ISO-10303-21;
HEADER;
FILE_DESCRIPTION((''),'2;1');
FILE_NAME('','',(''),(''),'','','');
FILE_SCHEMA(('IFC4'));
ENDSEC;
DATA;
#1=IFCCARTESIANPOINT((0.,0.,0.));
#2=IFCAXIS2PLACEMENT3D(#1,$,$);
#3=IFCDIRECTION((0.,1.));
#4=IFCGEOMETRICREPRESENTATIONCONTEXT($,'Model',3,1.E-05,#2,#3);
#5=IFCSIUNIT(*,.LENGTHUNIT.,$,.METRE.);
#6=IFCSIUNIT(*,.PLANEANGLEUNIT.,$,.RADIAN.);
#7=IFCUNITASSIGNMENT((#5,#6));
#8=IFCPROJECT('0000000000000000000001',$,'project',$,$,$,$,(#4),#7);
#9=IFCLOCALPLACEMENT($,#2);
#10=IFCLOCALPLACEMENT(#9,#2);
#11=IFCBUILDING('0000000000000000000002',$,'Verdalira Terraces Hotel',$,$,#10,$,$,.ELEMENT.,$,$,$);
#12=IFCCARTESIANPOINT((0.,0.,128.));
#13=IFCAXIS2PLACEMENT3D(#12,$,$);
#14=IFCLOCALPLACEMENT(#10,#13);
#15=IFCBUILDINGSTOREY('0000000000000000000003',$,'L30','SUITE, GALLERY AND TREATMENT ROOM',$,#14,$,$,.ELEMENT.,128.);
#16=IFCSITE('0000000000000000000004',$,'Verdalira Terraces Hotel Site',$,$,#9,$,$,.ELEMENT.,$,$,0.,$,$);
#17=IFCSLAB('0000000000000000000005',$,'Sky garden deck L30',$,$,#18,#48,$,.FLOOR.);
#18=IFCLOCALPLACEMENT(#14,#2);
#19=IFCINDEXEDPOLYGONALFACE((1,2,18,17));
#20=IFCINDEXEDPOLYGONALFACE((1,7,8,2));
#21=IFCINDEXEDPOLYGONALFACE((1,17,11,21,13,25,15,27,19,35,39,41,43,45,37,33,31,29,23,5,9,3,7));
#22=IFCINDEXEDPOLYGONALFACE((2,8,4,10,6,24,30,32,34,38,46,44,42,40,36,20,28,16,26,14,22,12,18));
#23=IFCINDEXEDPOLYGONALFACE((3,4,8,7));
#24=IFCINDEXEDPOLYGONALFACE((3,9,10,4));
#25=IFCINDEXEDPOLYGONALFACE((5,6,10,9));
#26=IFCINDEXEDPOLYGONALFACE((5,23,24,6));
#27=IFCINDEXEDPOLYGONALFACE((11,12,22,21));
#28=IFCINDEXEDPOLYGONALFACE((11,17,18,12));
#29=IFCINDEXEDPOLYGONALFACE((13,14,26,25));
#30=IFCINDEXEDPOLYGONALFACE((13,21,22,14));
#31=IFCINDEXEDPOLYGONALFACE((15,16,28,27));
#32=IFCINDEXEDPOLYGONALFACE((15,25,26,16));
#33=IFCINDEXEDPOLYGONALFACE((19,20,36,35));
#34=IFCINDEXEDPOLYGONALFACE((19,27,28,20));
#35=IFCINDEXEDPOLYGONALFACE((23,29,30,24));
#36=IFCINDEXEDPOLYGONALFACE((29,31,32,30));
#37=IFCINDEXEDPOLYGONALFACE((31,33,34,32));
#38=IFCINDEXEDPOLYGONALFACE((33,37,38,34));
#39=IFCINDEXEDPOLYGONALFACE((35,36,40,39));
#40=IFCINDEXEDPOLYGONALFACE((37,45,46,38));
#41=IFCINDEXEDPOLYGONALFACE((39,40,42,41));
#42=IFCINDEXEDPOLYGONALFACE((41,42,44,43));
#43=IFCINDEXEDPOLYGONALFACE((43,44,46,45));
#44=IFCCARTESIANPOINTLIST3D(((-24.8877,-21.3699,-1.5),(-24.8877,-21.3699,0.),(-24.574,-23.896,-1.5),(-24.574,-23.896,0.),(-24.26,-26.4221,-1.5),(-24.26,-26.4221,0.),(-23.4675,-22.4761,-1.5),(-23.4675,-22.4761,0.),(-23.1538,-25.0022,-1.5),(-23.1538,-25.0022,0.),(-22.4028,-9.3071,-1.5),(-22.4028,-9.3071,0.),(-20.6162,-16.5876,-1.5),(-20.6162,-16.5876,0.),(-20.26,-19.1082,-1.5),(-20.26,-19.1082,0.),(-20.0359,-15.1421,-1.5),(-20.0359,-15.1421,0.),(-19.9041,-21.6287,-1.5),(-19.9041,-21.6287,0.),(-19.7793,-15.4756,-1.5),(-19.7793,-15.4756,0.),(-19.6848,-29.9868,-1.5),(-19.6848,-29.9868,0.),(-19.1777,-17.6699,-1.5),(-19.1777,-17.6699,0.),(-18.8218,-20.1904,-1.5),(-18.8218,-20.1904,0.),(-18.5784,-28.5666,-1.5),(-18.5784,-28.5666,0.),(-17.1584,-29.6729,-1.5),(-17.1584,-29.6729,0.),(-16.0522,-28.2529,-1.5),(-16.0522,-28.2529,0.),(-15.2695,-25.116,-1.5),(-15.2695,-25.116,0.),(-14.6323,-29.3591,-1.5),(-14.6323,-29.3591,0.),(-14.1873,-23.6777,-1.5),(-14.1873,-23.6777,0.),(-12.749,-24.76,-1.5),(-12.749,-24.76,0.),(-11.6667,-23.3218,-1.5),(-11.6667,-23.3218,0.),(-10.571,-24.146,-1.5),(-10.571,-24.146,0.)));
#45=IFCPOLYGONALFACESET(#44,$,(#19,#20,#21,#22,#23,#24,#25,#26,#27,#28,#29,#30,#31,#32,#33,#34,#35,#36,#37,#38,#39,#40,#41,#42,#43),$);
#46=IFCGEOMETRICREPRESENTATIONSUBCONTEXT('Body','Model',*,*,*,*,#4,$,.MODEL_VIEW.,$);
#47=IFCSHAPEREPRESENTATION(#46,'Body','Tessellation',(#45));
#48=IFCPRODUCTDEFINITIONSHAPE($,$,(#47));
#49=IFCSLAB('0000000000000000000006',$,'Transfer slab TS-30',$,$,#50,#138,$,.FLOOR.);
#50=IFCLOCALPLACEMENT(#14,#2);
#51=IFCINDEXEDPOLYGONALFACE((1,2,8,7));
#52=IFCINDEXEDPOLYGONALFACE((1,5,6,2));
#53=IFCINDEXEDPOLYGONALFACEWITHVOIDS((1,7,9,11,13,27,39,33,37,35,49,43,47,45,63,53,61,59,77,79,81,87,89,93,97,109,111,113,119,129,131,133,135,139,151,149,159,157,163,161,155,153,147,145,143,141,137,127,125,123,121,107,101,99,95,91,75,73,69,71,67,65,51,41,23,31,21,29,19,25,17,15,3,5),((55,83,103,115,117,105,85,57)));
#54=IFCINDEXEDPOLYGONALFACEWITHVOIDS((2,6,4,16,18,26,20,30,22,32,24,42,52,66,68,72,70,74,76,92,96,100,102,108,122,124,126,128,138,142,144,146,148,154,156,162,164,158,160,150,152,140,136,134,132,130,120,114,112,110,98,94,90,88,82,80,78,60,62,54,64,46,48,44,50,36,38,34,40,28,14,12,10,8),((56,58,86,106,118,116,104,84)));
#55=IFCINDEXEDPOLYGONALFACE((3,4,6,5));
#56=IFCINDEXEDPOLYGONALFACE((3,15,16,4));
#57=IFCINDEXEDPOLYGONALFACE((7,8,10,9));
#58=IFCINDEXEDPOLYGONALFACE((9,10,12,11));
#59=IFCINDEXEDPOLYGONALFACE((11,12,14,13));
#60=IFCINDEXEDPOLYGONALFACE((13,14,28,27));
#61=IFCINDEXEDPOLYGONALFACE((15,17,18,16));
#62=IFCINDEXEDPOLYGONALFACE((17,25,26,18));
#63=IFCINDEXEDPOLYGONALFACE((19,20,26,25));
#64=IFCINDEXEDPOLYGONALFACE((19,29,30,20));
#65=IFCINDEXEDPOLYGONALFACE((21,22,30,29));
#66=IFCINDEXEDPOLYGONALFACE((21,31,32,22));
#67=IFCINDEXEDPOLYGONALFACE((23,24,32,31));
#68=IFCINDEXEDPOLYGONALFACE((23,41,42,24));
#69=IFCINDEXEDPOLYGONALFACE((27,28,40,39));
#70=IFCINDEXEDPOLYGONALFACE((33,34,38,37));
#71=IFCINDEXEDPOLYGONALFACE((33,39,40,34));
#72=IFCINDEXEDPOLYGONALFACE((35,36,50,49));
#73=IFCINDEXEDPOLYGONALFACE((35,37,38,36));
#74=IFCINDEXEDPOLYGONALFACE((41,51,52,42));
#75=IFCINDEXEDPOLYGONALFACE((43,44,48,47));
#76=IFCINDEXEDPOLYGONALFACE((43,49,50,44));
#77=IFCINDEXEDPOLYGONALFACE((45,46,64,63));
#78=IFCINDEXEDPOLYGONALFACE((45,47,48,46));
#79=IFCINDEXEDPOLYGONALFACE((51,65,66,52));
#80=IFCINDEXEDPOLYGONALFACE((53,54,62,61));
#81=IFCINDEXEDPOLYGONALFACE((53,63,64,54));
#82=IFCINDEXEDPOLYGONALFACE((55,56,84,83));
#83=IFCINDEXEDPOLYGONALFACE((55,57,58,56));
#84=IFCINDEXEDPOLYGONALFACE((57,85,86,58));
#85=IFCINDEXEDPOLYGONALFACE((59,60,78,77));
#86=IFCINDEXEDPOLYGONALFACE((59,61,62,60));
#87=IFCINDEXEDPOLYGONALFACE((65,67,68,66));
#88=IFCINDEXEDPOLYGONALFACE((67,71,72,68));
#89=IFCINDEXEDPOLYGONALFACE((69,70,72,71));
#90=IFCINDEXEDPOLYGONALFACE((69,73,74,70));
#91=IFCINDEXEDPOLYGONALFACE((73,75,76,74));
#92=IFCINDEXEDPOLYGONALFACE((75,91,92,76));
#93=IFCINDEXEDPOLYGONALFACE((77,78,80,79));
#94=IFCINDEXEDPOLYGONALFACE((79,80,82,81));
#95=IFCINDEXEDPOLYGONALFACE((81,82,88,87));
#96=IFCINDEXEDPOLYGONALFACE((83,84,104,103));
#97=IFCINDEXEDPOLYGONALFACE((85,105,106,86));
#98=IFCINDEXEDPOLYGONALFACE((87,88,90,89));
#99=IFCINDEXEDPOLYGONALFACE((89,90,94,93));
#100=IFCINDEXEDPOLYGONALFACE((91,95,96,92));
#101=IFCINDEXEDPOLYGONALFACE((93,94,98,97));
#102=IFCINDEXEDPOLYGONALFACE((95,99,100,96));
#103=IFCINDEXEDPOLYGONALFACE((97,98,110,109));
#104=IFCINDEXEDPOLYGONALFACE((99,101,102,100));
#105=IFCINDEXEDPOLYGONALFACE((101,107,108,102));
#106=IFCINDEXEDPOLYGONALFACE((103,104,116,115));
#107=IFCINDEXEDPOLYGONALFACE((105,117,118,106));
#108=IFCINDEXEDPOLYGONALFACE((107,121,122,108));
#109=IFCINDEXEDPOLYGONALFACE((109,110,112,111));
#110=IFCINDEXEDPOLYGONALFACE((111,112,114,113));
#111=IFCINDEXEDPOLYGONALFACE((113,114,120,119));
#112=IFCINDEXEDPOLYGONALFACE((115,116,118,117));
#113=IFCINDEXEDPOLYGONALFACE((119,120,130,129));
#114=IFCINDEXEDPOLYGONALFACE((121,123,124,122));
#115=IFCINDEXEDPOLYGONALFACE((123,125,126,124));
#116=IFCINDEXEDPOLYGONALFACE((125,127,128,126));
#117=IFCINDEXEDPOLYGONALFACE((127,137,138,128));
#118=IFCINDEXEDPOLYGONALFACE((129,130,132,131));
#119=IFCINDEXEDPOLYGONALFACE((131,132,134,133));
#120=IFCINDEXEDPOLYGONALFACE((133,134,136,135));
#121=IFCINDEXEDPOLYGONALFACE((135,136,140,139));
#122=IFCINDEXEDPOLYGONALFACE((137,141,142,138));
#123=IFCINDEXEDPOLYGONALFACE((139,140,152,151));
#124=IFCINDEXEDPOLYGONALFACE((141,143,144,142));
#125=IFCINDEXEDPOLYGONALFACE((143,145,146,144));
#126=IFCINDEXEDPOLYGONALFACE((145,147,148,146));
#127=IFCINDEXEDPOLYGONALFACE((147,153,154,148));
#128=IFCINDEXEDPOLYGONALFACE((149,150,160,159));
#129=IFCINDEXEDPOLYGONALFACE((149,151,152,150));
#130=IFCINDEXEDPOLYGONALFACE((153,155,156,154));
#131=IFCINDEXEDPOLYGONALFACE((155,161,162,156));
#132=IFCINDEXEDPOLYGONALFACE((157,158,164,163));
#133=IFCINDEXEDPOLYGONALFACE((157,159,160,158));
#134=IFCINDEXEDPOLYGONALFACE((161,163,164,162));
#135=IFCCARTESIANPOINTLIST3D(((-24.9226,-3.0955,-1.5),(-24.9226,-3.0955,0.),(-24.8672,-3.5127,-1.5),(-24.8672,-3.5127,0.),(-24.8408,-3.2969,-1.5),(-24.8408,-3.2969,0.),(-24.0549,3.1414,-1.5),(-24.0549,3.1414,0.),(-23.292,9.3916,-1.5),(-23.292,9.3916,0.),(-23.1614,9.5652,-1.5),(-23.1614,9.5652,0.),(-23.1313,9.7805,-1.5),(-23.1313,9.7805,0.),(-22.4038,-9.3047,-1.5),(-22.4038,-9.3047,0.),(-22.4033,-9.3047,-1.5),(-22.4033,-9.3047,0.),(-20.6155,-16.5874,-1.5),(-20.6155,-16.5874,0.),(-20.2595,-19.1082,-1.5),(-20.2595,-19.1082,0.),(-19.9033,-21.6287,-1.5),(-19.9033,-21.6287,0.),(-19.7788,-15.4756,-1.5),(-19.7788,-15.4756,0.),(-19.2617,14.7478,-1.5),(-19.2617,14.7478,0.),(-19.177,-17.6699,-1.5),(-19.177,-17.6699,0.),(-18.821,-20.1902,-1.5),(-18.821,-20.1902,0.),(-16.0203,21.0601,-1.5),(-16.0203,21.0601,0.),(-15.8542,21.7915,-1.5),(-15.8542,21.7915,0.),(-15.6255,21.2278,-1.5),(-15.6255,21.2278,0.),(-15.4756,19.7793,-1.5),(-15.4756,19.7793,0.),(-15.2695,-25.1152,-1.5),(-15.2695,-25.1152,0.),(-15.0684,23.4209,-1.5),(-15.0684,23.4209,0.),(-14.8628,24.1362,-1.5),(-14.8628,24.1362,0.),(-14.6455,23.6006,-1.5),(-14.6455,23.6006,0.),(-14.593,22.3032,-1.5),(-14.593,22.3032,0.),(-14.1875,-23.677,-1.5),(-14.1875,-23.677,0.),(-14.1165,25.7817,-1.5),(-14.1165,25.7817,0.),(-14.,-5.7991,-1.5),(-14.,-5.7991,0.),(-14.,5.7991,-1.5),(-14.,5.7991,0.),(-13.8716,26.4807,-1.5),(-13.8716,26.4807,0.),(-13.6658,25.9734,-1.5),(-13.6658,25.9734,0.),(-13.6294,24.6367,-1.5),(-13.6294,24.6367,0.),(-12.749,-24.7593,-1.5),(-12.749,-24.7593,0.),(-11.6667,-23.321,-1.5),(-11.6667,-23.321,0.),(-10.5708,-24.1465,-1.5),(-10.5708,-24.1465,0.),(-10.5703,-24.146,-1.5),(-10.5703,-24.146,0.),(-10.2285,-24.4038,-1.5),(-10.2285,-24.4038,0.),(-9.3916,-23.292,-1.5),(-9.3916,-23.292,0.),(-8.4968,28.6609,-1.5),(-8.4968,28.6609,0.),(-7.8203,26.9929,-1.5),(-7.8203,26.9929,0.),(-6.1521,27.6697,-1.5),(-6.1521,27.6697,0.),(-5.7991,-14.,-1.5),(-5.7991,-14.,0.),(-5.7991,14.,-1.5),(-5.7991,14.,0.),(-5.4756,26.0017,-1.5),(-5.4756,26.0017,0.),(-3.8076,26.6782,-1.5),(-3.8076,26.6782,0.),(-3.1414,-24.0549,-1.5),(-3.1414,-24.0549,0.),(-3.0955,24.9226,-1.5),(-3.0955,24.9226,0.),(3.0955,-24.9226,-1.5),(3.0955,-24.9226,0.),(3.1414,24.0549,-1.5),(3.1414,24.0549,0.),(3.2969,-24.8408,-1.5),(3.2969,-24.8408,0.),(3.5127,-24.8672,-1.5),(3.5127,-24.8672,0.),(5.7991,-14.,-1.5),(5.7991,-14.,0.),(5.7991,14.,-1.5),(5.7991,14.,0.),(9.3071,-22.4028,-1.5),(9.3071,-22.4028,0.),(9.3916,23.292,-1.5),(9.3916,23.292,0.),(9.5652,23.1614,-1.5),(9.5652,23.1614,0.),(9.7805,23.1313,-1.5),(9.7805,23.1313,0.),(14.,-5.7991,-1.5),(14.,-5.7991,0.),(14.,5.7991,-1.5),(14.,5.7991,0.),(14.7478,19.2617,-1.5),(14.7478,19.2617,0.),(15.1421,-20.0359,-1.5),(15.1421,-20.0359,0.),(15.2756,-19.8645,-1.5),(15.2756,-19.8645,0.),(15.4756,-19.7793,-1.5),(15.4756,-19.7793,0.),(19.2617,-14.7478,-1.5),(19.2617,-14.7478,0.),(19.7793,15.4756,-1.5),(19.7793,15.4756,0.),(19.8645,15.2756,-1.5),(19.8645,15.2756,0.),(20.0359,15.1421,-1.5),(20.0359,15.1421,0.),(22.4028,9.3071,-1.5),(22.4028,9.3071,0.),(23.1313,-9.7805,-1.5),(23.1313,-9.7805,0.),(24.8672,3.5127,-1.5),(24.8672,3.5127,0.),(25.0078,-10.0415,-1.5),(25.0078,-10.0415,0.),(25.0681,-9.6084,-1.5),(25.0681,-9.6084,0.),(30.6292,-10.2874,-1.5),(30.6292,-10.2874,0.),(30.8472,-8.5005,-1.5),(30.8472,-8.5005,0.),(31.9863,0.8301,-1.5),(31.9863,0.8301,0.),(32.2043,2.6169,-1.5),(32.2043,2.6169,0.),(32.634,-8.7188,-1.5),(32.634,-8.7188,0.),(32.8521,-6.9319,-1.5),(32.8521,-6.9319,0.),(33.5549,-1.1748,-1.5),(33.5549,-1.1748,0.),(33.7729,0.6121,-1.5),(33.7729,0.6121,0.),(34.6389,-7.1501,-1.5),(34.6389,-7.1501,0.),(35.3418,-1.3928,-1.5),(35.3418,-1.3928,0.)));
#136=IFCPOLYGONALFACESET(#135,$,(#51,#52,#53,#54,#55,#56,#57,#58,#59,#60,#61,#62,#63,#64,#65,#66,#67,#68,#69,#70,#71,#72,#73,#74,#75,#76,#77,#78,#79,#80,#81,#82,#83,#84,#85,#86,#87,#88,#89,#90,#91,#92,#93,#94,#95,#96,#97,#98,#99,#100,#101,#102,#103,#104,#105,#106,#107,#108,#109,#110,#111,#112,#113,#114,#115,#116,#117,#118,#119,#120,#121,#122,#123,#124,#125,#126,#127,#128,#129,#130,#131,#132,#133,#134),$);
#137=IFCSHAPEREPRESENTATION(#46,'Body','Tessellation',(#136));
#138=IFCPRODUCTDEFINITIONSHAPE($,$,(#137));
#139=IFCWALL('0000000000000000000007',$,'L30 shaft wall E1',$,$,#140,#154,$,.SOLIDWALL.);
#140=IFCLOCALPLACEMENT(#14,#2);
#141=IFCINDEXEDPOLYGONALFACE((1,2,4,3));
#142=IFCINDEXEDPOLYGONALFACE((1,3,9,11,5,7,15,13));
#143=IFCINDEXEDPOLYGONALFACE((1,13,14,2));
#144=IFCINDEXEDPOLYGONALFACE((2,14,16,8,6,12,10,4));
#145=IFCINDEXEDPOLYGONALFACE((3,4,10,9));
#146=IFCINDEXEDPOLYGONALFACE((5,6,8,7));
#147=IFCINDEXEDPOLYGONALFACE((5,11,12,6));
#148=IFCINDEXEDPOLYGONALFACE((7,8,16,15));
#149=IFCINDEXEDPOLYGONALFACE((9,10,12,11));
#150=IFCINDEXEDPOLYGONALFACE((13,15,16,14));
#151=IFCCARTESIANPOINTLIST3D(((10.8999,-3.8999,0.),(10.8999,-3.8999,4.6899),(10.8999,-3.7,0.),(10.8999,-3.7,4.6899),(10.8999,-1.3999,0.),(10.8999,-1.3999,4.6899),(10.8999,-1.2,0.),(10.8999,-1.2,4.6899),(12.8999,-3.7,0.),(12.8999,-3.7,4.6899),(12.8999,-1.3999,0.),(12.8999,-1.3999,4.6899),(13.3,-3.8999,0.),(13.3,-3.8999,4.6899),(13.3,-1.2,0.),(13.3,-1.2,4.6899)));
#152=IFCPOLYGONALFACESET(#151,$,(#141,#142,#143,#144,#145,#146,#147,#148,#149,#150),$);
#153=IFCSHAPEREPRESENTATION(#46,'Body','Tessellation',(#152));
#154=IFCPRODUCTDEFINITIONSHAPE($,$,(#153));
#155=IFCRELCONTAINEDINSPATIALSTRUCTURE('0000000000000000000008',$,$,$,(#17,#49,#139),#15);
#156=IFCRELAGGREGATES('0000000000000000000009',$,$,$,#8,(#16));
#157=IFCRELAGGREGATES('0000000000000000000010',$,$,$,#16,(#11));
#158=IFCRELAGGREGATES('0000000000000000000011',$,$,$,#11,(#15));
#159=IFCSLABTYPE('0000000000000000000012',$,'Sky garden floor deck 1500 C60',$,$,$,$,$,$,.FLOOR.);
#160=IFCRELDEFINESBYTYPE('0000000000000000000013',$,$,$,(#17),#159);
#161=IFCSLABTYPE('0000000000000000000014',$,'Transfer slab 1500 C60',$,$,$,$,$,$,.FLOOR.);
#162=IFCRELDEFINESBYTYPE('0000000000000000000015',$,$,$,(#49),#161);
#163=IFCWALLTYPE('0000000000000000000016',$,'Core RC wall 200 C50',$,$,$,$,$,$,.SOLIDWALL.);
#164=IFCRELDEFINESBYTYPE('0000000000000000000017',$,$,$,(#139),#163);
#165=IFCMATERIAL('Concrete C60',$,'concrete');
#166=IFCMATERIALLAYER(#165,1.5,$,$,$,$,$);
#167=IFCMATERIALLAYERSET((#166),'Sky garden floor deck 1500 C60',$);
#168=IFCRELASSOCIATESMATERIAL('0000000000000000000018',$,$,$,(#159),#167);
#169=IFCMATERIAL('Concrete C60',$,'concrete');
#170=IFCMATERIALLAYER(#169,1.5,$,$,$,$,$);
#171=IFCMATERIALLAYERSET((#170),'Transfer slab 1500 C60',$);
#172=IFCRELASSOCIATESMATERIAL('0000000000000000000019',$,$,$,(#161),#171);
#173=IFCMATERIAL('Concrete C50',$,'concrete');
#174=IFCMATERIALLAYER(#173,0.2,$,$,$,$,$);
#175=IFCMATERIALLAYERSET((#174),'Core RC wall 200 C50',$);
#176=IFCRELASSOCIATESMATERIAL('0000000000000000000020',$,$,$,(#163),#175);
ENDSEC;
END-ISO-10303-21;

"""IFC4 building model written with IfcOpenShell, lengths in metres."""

from ifc_helpers import new_model, si_unit, direction, frame, origin, place, context, subcontext, project, spatial, polyline, outline, extrude, material, layer, layer_set, type_object, element, save


model = new_model("IFC4")

# Units and contexts
model_context = context("Model", 3, precision=1e-05, world=origin(), true_north=direction((0.0, 1.0)))
body_context = subcontext(model_context, "Body", "Model", "MODEL_VIEW")
ifc_project = project(units=[si_unit("LENGTHUNIT", "METRE"), si_unit("PLANEANGLEUNIT", "RADIAN")], contexts=[model_context])

# Site, building, storey
site_placement = place(None, origin())
site = spatial("IfcSite", under=ifc_project, at=site_placement, Name="Verdalira Terraces Hotel Site", CompositionType="ELEMENT", RefElevation=0.0)
building_placement = place(site_placement, origin())
building = spatial("IfcBuilding", under=site, at=building_placement, Name="Verdalira Terraces Hotel", CompositionType="ELEMENT")
storey_placement = place(building_placement, frame((0.0, 0.0, 128.0)))
storey = spatial("IfcBuildingStorey", under=building, at=storey_placement, Name="L30", Description="SUITE, GALLERY AND TREATMENT ROOM", CompositionType="ELEMENT", Elevation=128.0)

# Slabs
ifc_material_1 = material(Name="Concrete C60", Category="concrete")
ifc_layer_1 = layer(ifc_material_1, 1.5)
ifc_layer_set_1 = layer_set([ifc_layer_1], Name="Sky garden floor deck 1500 C60")
slab_type_1 = type_object("IfcSlabType", Name="Sky garden floor deck 1500 C60", PredefinedType="FLOOR", material=ifc_layer_set_1)
slab_1_placement = place(storey_placement, frame((0.0, 0.0, -1.5)))
element("IfcSlab", 1, at=slab_1_placement, inside=storey, type_object=slab_type_1, Name="Sky garden deck L30", PredefinedType="FLOOR", context=body_context, shape_type="SweptSolid", body=[
    extrude(outline(polyline([(-14.6323, -29.3591), (-10.571, -24.146), (-11.6667, -23.3218), (-12.749, -24.76), (-14.1873, -23.6777), (-15.2695, -25.116), (-19.9041, -21.6287), (-18.8218, -20.1904), (-20.26, -19.1082), (-19.1777, -17.6699), (-20.6162, -16.5876), (-19.7793, -15.4756), (-22.4028, -9.3071), (-20.0359, -15.1421), (-24.8877, -21.3699), (-23.4675, -22.4761), (-24.574, -23.896), (-23.1538, -25.0022), (-24.26, -26.4221), (-19.6848, -29.9868), (-18.5784, -28.5666), (-17.1584, -29.6729), (-16.0522, -28.2529), (-14.6323, -29.3591)])), origin(), (0.0, 0.0, 1.0), 1.5),
])
ifc_material_2 = material(Name="Concrete C60", Category="concrete")
ifc_layer_2 = layer(ifc_material_2, 1.5)
ifc_layer_set_2 = layer_set([ifc_layer_2], Name="Transfer slab 1500 C60")
slab_type_2 = type_object("IfcSlabType", Name="Transfer slab 1500 C60", PredefinedType="FLOOR", material=ifc_layer_set_2)
slab_2_placement = place(storey_placement, frame((0.0, 0.0, -1.5)))
element("IfcSlab", 2, at=slab_2_placement, inside=storey, type_object=slab_type_2, Name="Transfer slab TS-30", PredefinedType="FLOOR", context=body_context, shape_type="SweptSolid", body=[
    extrude(outline(polyline([(-7.8203, 26.9929), (-8.4968, 28.6609), (-13.8716, 26.4807), (-13.6658, 25.9734), (-14.1165, 25.7817), (-13.6294, 24.6367), (-14.8628, 24.1362), (-14.6455, 23.6006), (-15.0684, 23.4209), (-14.593, 22.3032), (-15.8542, 21.7915), (-15.6255, 21.2278), (-16.0203, 21.0601), (-15.4756, 19.7793), (-19.2617, 14.7478), (-23.1313, 9.7805), (-23.1614, 9.5652), (-23.292, 9.3916), (-24.0549, 3.1414), (-24.9226, -3.0955), (-24.8408, -3.2969), (-24.8672, -3.5127), (-22.4038, -9.3047), (-22.4033, -9.3047), (-19.7788, -15.4756), (-20.6155, -16.5874), (-19.177, -17.6699), (-20.2595, -19.1082), (-18.821, -20.1902), (-19.9033, -21.6287), (-15.2695, -25.1152), (-14.1875, -23.677), (-12.749, -24.7593), (-11.6667, -23.321), (-10.5703, -24.146), (-10.5708, -24.1465), (-10.2285, -24.4038), (-9.3916, -23.292), (-3.1414, -24.0549), (3.0955, -24.9226), (3.2969, -24.8408), (3.5127, -24.8672), (9.3071, -22.4028), (15.1421, -20.0359), (15.2756, -19.8645), (15.4756, -19.7793), (19.2617, -14.7478), (23.1313, -9.7805), (25.0078, -10.0415), (25.0681, -9.6084), (30.6291, -10.2874), (30.8472, -8.5005), (32.634, -8.7188), (32.8521, -6.9319), (34.6389, -7.1501), (35.3418, -1.3928), (33.5549, -1.1748), (33.7729, 0.6121), (31.9863, 0.8301), (32.2043, 2.6169), (24.8672, 3.5127), (22.4028, 9.3071), (20.0359, 15.1421), (19.8645, 15.2756), (19.7793, 15.4756), (14.7478, 19.2617), (9.7805, 23.1313), (9.5652, 23.1614), (9.3916, 23.292), (3.1414, 24.0549), (-3.0955, 24.9226), (-3.8076, 26.6782), (-5.4756, 26.0017), (-6.1521, 27.6697), (-7.8203, 26.9929)]), holes=[polyline([(5.7991, 14.0), (14.0, 5.7991), (14.0, -5.7991), (5.7991, -14.0), (-5.7991, -14.0), (-14.0, -5.7991), (-14.0, 5.7991), (-5.7991, 14.0), (5.7991, 14.0)])]), origin(), (0.0, 0.0, 1.0), 1.5),
])

# Wall
ifc_material_3 = material(Name="Concrete C50", Category="concrete")
ifc_layer_3 = layer(ifc_material_3, 0.2)
ifc_layer_set_3 = layer_set([ifc_layer_3], Name="Core RC wall 200 C50")
wall_type_1 = type_object("IfcWallType", Name="Core RC wall 200 C50", PredefinedType="SOLIDWALL", material=ifc_layer_set_3)
wall_1_placement = place(storey_placement, origin())
element("IfcWall", 3, at=wall_1_placement, inside=storey, type_object=wall_type_1, Name="L30 shaft wall E1", PredefinedType="SOLIDWALL", context=body_context, shape_type="SweptSolid", body=[
    extrude(outline(polyline([(13.3, -3.8999), (10.8999, -3.8999), (10.8999, -3.7), (12.8999, -3.7), (12.8999, -1.3999), (10.8999, -1.3999), (10.8999, -1.2), (13.3, -1.2), (13.3, -3.8999)])), origin(), (0.0, 0.0, 1.0), 4.6899),
])

save(model, "model.ifc")
